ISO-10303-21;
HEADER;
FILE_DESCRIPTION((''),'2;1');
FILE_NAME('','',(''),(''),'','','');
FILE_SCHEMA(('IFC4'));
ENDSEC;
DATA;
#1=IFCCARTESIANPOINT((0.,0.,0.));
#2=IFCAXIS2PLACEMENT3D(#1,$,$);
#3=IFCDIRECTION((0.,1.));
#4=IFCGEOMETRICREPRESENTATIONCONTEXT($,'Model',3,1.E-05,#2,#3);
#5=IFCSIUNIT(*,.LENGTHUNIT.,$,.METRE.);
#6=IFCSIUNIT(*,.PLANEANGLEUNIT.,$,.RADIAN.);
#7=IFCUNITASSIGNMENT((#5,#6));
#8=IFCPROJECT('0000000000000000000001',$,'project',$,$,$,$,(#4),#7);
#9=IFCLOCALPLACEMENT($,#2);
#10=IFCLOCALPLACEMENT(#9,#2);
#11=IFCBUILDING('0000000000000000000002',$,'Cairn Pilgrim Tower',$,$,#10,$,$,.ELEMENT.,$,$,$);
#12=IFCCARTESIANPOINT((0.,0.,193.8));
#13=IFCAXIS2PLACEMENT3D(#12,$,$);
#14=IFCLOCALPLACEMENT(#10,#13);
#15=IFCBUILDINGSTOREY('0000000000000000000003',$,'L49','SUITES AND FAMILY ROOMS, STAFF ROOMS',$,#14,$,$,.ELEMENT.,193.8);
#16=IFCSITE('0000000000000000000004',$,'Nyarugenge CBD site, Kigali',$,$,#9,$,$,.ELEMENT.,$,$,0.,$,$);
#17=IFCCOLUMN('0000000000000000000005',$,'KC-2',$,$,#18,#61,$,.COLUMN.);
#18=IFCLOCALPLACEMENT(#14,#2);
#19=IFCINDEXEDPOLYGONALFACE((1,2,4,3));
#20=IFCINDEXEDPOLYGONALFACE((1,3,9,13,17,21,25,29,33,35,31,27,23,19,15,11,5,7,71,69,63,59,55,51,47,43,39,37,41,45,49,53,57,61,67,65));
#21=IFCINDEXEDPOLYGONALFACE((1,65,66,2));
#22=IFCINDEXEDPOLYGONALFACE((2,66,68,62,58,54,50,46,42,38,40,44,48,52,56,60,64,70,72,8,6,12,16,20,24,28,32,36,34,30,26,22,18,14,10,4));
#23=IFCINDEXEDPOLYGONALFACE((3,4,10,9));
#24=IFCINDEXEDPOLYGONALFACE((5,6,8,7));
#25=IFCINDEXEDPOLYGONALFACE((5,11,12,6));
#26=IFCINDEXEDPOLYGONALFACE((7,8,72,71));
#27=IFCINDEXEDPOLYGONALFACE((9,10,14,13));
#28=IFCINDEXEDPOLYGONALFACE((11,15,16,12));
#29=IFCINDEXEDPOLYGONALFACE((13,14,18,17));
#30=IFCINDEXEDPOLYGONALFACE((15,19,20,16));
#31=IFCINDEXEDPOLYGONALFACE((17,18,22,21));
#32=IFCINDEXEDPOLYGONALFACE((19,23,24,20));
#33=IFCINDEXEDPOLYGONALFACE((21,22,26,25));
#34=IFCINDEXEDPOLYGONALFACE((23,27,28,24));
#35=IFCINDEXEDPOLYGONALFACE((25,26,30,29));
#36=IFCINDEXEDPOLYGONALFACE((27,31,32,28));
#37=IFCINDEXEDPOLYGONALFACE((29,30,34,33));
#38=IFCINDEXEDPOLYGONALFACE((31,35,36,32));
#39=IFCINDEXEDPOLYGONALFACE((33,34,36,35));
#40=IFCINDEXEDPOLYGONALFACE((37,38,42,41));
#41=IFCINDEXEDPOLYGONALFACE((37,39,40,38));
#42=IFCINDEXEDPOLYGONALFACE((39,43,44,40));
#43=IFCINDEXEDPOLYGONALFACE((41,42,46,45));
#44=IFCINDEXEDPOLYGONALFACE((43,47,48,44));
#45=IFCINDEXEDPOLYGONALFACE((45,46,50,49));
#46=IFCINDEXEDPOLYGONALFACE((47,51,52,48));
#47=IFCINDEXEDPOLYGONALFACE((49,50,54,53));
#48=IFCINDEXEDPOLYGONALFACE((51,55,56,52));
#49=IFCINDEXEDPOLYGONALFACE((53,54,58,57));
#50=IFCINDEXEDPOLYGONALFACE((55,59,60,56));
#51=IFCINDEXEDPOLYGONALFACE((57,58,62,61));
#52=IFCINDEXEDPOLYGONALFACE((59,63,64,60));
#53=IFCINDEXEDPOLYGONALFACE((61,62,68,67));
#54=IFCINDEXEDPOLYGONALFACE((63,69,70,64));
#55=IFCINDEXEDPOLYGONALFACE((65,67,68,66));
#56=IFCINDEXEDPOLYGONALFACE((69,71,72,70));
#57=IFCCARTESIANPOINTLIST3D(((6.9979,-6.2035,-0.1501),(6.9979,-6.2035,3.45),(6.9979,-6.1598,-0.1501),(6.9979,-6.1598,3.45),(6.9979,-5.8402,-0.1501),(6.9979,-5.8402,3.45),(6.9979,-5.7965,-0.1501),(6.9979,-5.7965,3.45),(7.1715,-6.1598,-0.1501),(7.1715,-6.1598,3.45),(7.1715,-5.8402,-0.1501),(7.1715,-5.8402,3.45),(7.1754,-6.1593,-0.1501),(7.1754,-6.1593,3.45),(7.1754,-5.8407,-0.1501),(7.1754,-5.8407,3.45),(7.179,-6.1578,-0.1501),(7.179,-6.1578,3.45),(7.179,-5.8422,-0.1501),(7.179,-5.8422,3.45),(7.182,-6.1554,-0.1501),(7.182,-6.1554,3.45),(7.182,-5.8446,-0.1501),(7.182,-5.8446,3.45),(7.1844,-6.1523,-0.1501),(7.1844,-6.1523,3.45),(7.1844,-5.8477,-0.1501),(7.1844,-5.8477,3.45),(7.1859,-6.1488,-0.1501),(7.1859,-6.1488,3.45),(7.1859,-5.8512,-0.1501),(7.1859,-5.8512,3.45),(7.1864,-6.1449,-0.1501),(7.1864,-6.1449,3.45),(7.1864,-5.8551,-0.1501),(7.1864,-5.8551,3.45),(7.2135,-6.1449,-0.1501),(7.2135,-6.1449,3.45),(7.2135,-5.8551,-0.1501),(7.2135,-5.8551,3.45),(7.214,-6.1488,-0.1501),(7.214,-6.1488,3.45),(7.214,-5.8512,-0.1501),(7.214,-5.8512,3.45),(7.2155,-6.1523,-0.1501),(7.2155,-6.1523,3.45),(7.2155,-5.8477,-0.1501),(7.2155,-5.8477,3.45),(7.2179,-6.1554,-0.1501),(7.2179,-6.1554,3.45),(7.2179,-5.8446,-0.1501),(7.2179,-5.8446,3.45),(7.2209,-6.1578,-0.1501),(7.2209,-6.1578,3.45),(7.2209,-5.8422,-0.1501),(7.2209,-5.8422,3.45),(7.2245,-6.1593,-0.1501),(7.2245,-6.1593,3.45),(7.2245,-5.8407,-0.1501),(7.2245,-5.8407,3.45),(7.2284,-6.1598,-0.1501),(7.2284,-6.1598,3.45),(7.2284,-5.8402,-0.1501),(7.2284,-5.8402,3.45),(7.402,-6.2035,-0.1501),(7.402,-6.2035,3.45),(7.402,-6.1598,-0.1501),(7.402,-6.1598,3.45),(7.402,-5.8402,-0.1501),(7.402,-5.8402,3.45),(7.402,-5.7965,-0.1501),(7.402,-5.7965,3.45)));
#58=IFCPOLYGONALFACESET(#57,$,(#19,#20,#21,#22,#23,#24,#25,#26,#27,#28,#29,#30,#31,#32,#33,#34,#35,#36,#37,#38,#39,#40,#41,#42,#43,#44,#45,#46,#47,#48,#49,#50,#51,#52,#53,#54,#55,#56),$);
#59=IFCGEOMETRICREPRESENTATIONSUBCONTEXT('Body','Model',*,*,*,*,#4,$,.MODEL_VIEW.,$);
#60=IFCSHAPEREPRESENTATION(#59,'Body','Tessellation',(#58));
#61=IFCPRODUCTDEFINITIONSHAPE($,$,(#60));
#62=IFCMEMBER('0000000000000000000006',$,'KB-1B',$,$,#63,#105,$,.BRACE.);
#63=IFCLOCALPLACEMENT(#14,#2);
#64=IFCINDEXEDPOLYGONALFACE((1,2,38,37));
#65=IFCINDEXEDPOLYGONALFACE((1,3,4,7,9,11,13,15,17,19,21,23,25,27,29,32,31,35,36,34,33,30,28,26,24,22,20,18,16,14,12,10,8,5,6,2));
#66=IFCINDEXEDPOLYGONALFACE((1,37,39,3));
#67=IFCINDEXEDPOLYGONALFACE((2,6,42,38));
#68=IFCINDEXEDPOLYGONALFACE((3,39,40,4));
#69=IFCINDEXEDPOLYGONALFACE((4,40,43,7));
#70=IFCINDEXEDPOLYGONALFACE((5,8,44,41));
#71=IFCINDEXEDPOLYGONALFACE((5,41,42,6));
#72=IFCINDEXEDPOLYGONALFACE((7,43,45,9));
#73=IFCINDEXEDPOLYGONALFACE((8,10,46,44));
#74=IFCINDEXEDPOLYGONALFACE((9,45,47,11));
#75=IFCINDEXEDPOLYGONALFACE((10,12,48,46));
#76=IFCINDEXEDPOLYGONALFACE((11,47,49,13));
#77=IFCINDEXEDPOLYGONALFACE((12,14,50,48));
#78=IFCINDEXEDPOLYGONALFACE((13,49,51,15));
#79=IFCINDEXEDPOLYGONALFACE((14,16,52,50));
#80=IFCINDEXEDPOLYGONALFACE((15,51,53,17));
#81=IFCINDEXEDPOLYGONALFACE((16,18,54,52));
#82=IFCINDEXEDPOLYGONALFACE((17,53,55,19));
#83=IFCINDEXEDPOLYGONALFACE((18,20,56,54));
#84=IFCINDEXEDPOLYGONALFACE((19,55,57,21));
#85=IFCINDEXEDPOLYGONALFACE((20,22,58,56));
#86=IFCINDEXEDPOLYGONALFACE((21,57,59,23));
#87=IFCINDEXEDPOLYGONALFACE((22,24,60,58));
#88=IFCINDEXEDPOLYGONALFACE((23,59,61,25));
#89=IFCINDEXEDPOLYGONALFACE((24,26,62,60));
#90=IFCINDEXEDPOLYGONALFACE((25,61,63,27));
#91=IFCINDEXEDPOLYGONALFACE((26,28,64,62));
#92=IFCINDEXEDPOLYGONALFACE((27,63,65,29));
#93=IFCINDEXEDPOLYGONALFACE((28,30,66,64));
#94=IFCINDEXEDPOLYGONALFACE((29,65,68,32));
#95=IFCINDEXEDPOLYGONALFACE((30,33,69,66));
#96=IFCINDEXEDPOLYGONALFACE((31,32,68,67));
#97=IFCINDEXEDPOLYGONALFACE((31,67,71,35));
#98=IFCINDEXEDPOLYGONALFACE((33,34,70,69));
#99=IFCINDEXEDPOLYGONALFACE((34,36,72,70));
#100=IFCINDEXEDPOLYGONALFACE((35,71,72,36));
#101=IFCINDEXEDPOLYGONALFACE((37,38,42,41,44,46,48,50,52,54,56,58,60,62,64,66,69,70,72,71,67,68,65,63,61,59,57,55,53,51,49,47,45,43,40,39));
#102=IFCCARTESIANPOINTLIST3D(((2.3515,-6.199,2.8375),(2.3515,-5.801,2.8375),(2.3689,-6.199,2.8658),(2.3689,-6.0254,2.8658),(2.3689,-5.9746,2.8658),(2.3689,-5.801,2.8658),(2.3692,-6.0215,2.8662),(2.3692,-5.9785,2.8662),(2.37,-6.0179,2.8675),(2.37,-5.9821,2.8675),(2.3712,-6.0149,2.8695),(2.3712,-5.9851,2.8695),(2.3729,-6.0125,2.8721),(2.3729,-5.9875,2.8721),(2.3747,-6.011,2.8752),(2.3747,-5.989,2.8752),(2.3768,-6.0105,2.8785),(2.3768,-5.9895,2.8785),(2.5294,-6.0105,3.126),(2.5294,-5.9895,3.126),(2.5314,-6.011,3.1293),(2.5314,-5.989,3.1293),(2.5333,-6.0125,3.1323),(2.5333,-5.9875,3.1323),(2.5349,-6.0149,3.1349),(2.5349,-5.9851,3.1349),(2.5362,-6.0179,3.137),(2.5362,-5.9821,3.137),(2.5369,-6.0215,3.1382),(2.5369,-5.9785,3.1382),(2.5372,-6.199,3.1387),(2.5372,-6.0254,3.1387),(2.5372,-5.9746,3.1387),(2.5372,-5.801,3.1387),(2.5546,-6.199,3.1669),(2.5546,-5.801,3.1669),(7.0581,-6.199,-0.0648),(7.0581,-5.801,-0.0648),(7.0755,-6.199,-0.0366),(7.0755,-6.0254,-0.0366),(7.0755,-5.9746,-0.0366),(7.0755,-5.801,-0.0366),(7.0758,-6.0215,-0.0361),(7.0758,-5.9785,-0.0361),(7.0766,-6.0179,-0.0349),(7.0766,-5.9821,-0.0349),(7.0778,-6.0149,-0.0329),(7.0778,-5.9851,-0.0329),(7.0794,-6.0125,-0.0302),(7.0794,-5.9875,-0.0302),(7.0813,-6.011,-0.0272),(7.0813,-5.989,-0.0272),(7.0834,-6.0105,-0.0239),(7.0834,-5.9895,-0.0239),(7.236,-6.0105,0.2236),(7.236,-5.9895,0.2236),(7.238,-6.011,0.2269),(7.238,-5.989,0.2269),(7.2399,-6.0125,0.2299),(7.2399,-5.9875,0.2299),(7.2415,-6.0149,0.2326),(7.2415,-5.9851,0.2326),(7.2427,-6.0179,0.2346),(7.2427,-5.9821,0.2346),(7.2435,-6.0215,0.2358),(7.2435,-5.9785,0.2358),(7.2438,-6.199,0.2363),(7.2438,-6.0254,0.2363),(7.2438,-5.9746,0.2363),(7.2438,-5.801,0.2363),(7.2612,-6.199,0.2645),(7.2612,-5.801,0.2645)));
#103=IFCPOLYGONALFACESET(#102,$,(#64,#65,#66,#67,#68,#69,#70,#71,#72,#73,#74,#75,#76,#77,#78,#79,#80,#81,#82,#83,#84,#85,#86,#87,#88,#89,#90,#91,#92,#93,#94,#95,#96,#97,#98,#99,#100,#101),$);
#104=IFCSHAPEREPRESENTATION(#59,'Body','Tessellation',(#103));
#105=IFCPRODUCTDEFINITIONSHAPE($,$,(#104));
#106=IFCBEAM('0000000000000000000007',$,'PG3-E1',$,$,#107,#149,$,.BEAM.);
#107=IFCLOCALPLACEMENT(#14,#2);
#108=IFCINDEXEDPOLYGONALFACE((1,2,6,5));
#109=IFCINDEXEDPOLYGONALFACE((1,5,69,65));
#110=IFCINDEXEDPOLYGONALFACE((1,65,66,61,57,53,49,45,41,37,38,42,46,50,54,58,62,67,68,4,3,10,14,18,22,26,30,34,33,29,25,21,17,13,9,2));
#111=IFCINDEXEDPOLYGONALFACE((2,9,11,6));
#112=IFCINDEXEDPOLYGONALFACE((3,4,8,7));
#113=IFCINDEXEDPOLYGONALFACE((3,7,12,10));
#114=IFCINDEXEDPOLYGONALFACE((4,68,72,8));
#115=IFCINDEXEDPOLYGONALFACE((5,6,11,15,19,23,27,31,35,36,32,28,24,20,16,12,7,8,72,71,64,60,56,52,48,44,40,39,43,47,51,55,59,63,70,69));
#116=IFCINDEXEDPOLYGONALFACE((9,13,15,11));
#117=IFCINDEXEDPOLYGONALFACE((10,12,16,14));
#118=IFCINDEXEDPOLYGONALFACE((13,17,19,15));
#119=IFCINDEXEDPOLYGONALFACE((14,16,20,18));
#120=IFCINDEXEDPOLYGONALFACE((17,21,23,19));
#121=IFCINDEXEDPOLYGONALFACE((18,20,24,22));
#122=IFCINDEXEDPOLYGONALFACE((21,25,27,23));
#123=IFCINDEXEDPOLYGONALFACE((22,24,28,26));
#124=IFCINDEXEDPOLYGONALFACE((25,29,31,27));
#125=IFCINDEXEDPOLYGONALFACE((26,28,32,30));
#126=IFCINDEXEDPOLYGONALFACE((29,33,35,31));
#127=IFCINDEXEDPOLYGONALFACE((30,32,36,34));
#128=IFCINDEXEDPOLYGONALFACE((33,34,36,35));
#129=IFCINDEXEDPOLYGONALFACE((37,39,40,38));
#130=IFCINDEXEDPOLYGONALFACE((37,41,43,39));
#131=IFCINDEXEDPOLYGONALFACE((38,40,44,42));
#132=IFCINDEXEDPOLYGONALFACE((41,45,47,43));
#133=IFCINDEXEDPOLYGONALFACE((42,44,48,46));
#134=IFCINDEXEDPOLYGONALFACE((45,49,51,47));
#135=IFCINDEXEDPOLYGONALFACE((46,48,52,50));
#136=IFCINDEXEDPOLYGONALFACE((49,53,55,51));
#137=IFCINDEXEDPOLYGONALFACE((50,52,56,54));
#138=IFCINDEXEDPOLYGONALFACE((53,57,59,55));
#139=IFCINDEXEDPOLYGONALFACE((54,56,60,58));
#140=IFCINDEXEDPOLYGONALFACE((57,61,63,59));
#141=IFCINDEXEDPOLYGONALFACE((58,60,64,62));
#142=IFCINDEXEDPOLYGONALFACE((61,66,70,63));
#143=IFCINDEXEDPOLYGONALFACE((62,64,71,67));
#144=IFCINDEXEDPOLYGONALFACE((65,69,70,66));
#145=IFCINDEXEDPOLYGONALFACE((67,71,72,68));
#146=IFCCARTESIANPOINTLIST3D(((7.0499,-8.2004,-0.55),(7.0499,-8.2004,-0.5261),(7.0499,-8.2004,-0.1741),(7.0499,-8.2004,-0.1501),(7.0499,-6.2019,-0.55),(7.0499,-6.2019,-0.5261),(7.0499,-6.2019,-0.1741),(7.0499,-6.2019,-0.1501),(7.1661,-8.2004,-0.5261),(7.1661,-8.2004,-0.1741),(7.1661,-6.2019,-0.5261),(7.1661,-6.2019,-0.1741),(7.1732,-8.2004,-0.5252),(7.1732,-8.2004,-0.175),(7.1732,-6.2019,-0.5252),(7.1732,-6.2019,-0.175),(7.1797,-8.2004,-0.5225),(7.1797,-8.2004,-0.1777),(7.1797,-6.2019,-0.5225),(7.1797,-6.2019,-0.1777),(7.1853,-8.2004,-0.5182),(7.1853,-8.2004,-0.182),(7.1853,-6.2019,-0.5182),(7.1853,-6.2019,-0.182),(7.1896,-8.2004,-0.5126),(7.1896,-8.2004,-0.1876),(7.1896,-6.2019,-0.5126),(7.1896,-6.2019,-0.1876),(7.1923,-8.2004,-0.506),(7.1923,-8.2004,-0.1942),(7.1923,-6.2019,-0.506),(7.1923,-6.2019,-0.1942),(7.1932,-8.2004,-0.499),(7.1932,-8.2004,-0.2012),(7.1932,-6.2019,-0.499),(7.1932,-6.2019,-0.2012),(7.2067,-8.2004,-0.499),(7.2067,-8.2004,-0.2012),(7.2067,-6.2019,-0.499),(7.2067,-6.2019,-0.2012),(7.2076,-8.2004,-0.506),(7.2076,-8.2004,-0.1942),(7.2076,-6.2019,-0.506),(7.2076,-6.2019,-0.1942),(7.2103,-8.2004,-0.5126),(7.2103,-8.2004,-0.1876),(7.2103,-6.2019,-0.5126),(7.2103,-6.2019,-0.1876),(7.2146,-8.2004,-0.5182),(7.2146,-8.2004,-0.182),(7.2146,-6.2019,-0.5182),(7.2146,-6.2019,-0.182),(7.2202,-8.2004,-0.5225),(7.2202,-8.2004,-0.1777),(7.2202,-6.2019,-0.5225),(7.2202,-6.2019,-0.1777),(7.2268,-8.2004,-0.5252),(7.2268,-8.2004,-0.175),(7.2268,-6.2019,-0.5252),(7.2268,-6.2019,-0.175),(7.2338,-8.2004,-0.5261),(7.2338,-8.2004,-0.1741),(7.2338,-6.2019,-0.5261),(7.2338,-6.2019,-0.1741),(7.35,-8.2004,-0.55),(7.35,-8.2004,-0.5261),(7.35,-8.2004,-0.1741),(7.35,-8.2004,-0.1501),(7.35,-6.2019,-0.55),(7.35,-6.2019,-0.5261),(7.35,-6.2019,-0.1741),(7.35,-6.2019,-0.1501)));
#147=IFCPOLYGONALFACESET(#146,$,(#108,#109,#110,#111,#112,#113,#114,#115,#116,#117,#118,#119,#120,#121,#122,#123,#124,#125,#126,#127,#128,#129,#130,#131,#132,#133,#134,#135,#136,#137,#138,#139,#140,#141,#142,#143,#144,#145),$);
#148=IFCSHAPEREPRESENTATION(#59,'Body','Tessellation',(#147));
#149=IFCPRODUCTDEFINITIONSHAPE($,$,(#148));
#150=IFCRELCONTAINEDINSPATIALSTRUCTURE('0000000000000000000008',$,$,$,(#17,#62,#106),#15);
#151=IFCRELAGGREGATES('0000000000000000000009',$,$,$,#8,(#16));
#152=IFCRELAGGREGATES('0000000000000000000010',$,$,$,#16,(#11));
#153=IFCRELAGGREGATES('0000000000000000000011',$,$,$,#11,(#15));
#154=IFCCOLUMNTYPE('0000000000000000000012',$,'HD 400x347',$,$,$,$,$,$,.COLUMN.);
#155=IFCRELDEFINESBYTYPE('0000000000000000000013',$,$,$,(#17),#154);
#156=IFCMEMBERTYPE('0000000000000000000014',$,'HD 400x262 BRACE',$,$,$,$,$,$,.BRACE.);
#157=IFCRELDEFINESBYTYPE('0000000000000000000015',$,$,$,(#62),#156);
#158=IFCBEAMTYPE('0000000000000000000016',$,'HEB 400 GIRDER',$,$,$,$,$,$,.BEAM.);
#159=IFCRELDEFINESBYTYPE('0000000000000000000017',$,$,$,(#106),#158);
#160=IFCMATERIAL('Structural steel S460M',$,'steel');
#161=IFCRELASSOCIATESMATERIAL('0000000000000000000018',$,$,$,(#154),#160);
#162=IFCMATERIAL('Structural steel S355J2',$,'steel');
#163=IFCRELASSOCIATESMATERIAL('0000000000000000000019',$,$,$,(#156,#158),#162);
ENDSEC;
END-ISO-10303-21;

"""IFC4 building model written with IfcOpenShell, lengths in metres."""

from ifc_helpers import new_model, si_unit, direction, frame, origin, origin_2d, place, context, subcontext, project, spatial, i_section, extrude, material, material_profile, profile_set, type_object, element, save


model = new_model("IFC4")

# Units and contexts
model_context = context("Model", 3, precision=1e-05, world=origin(), true_north=direction((0.0, 1.0)))
body_context = subcontext(model_context, "Body", "Model", "MODEL_VIEW")
ifc_project = project(units=[si_unit("LENGTHUNIT", "METRE"), si_unit("PLANEANGLEUNIT", "RADIAN")], contexts=[model_context])

# Site, building, storey
site_placement = place(None, origin())
site = spatial("IfcSite", under=ifc_project, at=site_placement, Name="Nyarugenge CBD site, Kigali", CompositionType="ELEMENT", RefElevation=0.0)
building_placement = place(site_placement, origin())
building = spatial("IfcBuilding", under=site, at=building_placement, Name="Cairn Pilgrim Tower", CompositionType="ELEMENT")
storey_placement = place(building_placement, frame((0.0, 0.0, 193.8)))
storey = spatial("IfcBuildingStorey", under=building, at=storey_placement, Name="L49", Description="SUITES AND FAMILY ROOMS, STAFF ROOMS", CompositionType="ELEMENT", Elevation=193.8)

# Column
ifc_material_1 = material(Name="Structural steel S460M", Category="steel")
ifc_material_profile_1 = material_profile(ifc_material_1, i_section(OverallWidth=0.4041, OverallDepth=0.407, WebThickness=0.0271, FlangeThickness=0.0437, FilletRadius=0.0149, at=origin_2d()), Name="HD 400x347")
ifc_profile_set_1 = profile_set([ifc_material_profile_1], Name="Structural steel S460M")
column_type = type_object("IfcColumnType", Name="HD 400x347", PredefinedType="COLUMN", material=ifc_profile_set_1)
column_placement = place(storey_placement, frame((7.2, -6.0, -0.1501), z_axis=(0.0, 0.0, 1.0), x_axis=(1.0, 0.0, 0.0)))
element("IfcColumn", 1, at=column_placement, inside=storey, type_object=column_type, Name="KC-2", PredefinedType="COLUMN", context=body_context, shape_type="SweptSolid", body=[
    extrude(i_section(OverallWidth=0.4041, OverallDepth=0.407, WebThickness=0.0271, FlangeThickness=0.0437, FilletRadius=0.0149, at=origin_2d()), origin(), (0.0, 0.0, 1.0), 3.6001),
])

# Member
ifc_material_2 = material(Name="Structural steel S355J2", Category="steel")
ifc_material_profile_2 = material_profile(ifc_material_2, i_section(OverallWidth=0.3979, OverallDepth=0.387, WebThickness=0.021, FlangeThickness=0.0332, FilletRadius=0.0149, at=origin_2d()), Name="HD 400x262")
ifc_profile_set_2 = profile_set([ifc_material_profile_2], Name="Structural steel S355J2")
member_type = type_object("IfcMemberType", Name="HD 400x262 BRACE", PredefinedType="BRACE", material=ifc_profile_set_2)
member_placement = place(storey_placement, frame((7.1597, -6.0, 0.0999), z_axis=(-0.851173, 0.0, 0.524886), x_axis=(0.0, -1.0, 0.0)))
element("IfcMember", 2, at=member_placement, inside=storey, type_object=member_type, Name="KB-1B", PredefinedType="BRACE", context=body_context, shape_type="SweptSolid", body=[
    extrude(i_section(OverallWidth=0.3979, OverallDepth=0.387, WebThickness=0.021, FlangeThickness=0.0332, FilletRadius=0.0149, at=origin_2d()), origin(), (0.0, 0.0, 1.0), 5.5295),
])

# Beam
ifc_material_profile_3 = material_profile(ifc_material_2, i_section(OverallWidth=0.3, OverallDepth=0.3999, WebThickness=0.0134, FlangeThickness=0.0239, FilletRadius=0.0271, at=origin_2d()), Name="HEB 400")
ifc_profile_set_3 = profile_set([ifc_material_profile_3], Name="Structural steel S355J2")
beam_type_1 = type_object("IfcBeamType", Name="HEB 400 GIRDER", PredefinedType="BEAM", material=ifc_profile_set_3)
beam_1_placement = place(storey_placement, frame((7.2, -8.2004, -0.3501), z_axis=(0.0, 1.0, 0.0), x_axis=(-1.0, 0.0, 0.0)))
element("IfcBeam", 3, at=beam_1_placement, inside=storey, type_object=beam_type_1, Name="PG3-E1", PredefinedType="BEAM", context=body_context, shape_type="SweptSolid", body=[
    extrude(i_section(OverallWidth=0.3, OverallDepth=0.3999, WebThickness=0.0134, FlangeThickness=0.0239, FilletRadius=0.0271, at=origin_2d()), origin(), (0.0, 0.0, 1.0), 1.9985),
])

save(model, "model.ifc")
